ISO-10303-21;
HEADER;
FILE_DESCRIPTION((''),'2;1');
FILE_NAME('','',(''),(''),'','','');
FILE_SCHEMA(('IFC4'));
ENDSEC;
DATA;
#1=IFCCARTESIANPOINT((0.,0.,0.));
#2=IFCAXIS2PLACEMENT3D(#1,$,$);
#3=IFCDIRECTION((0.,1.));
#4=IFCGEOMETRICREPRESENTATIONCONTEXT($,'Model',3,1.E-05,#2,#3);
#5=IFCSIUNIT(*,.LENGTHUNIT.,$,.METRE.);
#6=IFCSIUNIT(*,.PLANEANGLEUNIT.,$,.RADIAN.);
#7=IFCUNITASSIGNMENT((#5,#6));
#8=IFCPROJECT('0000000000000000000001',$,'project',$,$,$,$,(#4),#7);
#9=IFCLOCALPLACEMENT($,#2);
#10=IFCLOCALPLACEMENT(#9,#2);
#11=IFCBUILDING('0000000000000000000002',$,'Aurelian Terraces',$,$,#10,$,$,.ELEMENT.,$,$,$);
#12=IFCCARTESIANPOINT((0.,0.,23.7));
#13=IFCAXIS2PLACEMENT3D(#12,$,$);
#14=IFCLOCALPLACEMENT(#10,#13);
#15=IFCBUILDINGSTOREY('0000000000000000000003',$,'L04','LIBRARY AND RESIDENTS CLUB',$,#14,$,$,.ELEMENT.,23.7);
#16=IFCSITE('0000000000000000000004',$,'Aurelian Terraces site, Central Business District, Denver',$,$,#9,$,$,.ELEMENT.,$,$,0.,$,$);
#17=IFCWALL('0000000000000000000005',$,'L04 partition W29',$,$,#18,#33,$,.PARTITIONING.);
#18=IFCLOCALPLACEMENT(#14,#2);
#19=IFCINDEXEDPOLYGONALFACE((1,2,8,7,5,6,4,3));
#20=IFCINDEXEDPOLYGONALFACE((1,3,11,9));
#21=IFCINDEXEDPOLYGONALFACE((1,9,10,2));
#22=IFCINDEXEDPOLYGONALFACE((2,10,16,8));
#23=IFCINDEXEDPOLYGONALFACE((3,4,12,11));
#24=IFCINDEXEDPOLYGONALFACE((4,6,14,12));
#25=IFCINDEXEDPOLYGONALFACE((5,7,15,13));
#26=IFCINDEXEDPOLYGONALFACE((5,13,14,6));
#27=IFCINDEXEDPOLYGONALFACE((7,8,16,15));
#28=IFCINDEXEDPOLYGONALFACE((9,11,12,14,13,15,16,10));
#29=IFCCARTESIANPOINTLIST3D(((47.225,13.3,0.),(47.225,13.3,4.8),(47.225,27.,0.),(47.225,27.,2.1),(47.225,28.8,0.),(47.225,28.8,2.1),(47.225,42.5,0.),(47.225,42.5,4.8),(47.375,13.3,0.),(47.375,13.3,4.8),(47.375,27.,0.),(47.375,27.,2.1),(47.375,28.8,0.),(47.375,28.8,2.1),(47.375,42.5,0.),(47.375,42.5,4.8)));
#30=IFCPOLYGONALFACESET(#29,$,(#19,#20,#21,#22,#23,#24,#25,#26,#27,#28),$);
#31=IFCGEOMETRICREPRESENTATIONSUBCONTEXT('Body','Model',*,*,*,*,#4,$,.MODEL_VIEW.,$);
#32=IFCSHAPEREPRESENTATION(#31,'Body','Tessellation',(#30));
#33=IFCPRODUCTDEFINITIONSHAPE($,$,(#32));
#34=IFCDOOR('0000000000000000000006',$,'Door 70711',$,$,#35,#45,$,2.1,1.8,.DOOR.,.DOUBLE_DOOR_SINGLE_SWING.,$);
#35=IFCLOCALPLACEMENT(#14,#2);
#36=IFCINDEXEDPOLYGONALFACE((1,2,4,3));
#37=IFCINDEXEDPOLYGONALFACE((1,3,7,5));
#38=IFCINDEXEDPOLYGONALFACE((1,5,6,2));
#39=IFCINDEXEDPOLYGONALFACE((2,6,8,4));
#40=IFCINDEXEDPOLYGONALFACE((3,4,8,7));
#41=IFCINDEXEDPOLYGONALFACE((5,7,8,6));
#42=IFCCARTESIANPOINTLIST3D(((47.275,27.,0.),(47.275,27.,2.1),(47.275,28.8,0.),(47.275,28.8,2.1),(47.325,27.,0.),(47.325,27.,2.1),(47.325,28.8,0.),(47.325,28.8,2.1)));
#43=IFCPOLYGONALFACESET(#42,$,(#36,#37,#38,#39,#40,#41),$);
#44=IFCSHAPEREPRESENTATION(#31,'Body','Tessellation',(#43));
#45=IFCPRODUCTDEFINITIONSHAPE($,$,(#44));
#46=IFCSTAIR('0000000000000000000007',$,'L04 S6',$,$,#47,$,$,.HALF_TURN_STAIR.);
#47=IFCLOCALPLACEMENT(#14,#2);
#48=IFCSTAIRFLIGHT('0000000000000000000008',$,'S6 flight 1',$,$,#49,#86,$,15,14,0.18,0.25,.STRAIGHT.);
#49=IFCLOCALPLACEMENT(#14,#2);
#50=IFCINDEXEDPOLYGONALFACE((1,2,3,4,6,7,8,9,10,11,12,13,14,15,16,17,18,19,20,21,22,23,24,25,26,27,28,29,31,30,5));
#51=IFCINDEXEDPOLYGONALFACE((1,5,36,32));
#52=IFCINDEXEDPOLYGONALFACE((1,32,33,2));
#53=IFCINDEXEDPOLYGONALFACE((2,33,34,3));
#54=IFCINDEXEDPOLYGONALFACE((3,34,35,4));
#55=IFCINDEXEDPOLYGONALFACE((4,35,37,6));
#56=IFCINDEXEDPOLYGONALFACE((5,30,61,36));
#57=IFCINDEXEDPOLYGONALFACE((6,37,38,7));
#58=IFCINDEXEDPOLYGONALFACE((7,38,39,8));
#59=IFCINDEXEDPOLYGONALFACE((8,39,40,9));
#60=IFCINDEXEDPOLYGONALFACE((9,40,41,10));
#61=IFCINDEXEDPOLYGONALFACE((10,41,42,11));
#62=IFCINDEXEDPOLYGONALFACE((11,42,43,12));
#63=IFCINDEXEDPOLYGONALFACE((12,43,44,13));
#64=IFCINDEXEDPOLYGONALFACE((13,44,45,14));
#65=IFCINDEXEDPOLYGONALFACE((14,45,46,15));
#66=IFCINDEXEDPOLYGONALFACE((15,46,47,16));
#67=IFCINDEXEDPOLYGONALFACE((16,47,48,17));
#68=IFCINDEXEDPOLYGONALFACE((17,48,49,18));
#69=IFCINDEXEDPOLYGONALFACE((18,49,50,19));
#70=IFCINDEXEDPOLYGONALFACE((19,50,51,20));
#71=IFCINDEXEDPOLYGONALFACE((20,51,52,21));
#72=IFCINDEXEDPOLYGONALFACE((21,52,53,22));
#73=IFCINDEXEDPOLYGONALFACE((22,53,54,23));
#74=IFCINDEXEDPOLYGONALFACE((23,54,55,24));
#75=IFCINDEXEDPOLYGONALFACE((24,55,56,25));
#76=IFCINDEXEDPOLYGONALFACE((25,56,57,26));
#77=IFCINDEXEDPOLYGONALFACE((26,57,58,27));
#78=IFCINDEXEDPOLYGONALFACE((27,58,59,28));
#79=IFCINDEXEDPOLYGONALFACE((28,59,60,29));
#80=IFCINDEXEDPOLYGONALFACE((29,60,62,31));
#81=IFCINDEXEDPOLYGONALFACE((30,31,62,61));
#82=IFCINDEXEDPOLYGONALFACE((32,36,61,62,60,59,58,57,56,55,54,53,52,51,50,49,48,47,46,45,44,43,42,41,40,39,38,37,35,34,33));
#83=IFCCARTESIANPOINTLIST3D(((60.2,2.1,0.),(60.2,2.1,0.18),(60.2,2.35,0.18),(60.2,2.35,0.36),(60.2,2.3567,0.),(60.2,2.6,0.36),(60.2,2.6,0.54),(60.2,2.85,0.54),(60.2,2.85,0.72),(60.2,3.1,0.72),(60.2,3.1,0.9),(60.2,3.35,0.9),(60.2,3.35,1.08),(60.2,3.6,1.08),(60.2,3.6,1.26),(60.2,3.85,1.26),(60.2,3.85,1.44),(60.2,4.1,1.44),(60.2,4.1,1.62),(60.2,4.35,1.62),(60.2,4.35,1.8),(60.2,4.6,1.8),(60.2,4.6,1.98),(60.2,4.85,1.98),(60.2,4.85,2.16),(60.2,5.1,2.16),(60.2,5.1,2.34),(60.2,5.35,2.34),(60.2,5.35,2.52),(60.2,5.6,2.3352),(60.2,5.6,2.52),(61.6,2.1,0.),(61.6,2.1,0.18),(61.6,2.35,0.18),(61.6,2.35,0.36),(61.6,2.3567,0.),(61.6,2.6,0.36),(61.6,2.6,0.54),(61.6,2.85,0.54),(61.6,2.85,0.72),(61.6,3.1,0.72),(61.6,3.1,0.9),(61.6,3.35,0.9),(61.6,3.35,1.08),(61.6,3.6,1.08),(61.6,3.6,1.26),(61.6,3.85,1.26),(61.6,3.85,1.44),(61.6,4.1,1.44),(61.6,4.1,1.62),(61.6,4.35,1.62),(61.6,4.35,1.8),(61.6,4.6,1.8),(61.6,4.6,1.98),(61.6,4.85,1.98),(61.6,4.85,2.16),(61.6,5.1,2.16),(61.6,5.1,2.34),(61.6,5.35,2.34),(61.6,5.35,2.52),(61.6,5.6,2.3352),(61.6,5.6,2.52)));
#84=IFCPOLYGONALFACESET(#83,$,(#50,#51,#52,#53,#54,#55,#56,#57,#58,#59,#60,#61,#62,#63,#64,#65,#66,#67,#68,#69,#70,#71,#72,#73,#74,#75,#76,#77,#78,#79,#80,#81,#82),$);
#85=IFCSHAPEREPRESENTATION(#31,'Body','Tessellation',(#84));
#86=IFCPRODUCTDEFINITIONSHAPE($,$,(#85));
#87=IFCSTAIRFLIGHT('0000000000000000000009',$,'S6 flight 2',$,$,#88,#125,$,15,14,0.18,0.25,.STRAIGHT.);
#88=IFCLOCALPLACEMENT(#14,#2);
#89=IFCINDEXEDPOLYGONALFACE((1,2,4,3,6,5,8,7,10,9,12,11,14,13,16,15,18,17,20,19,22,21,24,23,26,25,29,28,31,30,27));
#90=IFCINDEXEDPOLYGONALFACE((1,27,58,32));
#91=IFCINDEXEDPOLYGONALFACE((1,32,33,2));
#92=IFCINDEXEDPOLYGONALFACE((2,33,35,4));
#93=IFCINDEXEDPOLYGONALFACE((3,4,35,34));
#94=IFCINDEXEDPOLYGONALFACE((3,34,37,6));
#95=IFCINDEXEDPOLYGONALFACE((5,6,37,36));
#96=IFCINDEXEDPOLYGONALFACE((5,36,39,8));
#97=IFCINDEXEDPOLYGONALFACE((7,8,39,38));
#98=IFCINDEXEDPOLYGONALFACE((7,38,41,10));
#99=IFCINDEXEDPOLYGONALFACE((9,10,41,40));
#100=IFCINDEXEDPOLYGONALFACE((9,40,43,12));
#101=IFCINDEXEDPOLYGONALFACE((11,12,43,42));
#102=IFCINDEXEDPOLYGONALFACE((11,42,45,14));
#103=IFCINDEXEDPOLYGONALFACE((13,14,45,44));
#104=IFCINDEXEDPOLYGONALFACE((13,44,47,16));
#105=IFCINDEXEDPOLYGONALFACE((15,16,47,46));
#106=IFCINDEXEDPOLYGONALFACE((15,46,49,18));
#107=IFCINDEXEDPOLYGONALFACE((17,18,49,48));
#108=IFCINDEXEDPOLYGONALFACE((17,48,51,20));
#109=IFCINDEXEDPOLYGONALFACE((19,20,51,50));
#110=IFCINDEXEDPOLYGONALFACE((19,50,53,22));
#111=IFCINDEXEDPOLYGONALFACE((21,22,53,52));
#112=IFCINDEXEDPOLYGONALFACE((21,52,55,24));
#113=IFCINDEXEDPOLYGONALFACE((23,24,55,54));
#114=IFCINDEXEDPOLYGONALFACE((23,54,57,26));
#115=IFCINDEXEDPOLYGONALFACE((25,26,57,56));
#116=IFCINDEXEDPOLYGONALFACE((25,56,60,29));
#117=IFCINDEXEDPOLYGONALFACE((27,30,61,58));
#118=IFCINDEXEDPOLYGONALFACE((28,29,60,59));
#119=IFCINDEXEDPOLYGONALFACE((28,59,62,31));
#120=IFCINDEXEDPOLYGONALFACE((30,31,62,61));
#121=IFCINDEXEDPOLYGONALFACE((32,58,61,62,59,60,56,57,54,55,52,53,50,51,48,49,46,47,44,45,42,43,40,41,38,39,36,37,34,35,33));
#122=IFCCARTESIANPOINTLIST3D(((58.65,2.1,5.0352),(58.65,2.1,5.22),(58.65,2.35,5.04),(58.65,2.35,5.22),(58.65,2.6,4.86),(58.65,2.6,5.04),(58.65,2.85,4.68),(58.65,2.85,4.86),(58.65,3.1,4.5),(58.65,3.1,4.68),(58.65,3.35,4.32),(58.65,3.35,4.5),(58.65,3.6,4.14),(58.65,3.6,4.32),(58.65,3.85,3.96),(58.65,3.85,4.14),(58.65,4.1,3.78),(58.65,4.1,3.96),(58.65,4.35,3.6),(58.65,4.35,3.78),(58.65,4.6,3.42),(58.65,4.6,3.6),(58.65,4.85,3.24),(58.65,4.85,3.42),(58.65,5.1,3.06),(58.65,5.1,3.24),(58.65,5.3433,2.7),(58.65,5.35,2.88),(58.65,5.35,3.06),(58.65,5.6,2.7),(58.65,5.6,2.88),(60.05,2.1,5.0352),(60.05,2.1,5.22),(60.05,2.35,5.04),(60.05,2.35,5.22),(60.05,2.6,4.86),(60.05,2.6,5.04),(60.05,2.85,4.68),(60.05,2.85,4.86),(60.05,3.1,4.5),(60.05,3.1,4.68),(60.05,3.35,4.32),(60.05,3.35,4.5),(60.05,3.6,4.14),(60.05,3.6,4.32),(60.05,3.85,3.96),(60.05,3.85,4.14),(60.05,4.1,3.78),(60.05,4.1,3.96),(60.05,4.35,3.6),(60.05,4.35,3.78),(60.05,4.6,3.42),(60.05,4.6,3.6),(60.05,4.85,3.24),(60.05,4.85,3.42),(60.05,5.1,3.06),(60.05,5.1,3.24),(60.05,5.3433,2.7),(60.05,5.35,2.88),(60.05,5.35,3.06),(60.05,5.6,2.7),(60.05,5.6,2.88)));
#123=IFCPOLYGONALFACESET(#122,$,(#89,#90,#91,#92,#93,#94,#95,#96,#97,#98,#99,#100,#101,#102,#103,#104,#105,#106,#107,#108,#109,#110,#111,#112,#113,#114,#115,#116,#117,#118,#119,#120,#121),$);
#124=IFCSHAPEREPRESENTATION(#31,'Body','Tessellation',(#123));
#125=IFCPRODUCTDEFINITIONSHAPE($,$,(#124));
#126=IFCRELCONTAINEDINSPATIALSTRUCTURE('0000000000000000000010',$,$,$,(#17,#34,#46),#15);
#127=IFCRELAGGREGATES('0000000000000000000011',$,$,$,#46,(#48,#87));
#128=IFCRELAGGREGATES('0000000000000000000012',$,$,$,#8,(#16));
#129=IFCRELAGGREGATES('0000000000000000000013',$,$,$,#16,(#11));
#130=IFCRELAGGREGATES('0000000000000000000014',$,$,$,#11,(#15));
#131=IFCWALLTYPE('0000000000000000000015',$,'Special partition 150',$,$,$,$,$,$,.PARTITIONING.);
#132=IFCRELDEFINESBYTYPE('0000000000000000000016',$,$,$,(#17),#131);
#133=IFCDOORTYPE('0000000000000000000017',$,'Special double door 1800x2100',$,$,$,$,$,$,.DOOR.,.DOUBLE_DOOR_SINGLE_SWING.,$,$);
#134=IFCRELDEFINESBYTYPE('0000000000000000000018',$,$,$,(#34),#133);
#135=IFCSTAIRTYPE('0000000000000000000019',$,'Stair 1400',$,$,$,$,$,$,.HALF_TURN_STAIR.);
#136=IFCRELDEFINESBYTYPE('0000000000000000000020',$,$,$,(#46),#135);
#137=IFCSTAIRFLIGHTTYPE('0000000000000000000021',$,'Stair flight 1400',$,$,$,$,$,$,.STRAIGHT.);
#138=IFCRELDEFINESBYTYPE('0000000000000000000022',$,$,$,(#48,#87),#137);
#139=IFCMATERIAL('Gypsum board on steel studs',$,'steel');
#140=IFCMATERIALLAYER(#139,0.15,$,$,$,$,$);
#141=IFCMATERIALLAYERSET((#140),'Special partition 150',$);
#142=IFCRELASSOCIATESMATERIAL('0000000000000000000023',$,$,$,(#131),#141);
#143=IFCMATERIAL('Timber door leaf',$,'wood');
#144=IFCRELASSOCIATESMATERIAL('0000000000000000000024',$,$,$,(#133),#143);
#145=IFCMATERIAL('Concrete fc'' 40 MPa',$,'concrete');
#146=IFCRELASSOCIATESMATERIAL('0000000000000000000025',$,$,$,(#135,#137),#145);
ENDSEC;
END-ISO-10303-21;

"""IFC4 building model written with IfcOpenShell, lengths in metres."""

from ifc_helpers import new_model, si_unit, direction, frame, frame_2d, origin, place, context, subcontext, project, spatial, polyline, rectangle, outline, extrude, source, transform, mapped, material, layer, layer_set, type_object, element, fill, aggregate, save


model = new_model("IFC4")

# Units and contexts
model_context = context("Model", 3, precision=1e-05, world=origin(), true_north=direction((0.0, 1.0)))
body_context = subcontext(model_context, "Body", "Model", "MODEL_VIEW")
ifc_project = project(units=[si_unit("LENGTHUNIT", "METRE"), si_unit("PLANEANGLEUNIT", "RADIAN")], contexts=[model_context])

# Site, building, storey
site_placement = place(None, origin())
site = spatial("IfcSite", under=ifc_project, at=site_placement, Name="Aurelian Terraces site, Central Business District, Denver", CompositionType="ELEMENT", RefElevation=0.0)
building_placement = place(site_placement, origin())
building = spatial("IfcBuilding", under=site, at=building_placement, Name="Aurelian Terraces", CompositionType="ELEMENT")
storey_placement = place(building_placement, frame((0.0, 0.0, 23.7)))
storey = spatial("IfcBuildingStorey", under=building, at=storey_placement, Name="L04", Description="LIBRARY AND RESIDENTS CLUB", CompositionType="ELEMENT", Elevation=23.7)

# Shared definitions
ifc_material_1 = material(Name="Concrete fc' 40 MPa", Category="concrete")

# Shared definitions
ifc_material_2 = material(Name="Gypsum board on steel studs", Category="steel")

# Wall, opening, door
ifc_layer_1 = layer(ifc_material_2, 0.15)
ifc_layer_set_1 = layer_set([ifc_layer_1], Name="Special partition 150")
wall_type_1 = type_object("IfcWallType", Name="Special partition 150", PredefinedType="PARTITIONING", material=ifc_layer_set_1)
shared_shape_1 = source(origin(), body_context, "Body", "SweptSolid", [
    extrude(rectangle(XDim=29.2, YDim=0.15, at=frame_2d((14.6, 0.0))), origin(), (0.0, 0.0, 1.0), 4.8),
])
wall_1_placement = place(storey_placement, frame((47.3, 13.3, 0.0), z_axis=(0.0, 0.0, 1.0), x_axis=(0.0, 1.0, 0.0)))
wall_1 = element("IfcWall", 1, at=wall_1_placement, inside=storey, type_object=wall_type_1, Name="L04 partition W29", PredefinedType="PARTITIONING", context=body_context, shape_type="MappedRepresentation", body=[
    mapped(shared_shape_1, transform((0.0, 0.0, 0.0), scale=1.0)),
])
shared_shape_2 = source(origin(), body_context, "Body", "SweptSolid", [
    extrude(rectangle(XDim=1.8, YDim=2.1, at=frame_2d((0.9, 1.05))), frame((0.0, 0.085, 0.0), z_axis=(0.0, -1.0, 0.0), x_axis=(1.0, 0.0, 0.0)), (0.0, 0.0, 1.0), 0.17),
])
opening_1_placement = place(wall_1_placement, frame((13.7, 0.0, 0.0)))
opening_1 = element("IfcOpeningElement", 2, at=opening_1_placement, cuts=wall_1, PredefinedType="OPENING", context=body_context, shape_type="MappedRepresentation", body=[
    mapped(shared_shape_2, transform((0.0, 0.0, 0.0), scale=1.0)),
])
ifc_material_3 = material(Name="Timber door leaf", Category="wood")
door_type_1 = type_object("IfcDoorType", Name="Special double door 1800x2100", OperationType="DOUBLE_DOOR_SINGLE_SWING", PredefinedType="DOOR", material=ifc_material_3)
shared_shape_3 = source(origin(), body_context, "Body", "SweptSolid", [
    extrude(rectangle(XDim=1.8, YDim=2.1, at=frame_2d((0.9, 1.05))), frame((0.0, 0.025, 0.0), z_axis=(0.0, -1.0, 0.0), x_axis=(1.0, 0.0, 0.0)), (0.0, 0.0, 1.0), 0.05),
])
door_1_placement = place(opening_1_placement, origin())
door_1 = element("IfcDoor", 3, at=door_1_placement, inside=storey, type_object=door_type_1, Name="Door 70711", OperationType="DOUBLE_DOOR_SINGLE_SWING", OverallHeight=2.1, OverallWidth=1.8, PredefinedType="DOOR", context=body_context, shape_type="MappedRepresentation", body=[
    mapped(shared_shape_3, transform((0.0, 0.0, 0.0), scale=1.0)),
])
fill(opening_1, door_1)

# Stair, stair flights
stair_type = type_object("IfcStairType", Name="Stair 1400", PredefinedType="HALF_TURN_STAIR", material=ifc_material_1)
stair_placement = place(storey_placement, origin())
stair = element("IfcStair", 4, at=stair_placement, inside=storey, type_object=stair_type, Name="L04 S6", PredefinedType="HALF_TURN_STAIR")
stair_flight_type = type_object("IfcStairFlightType", Name="Stair flight 1400", PredefinedType="STRAIGHT", material=ifc_material_1)
shared_shape_4 = source(origin(), body_context, "Body", "SweptSolid", [
    extrude(outline(polyline([(0.0, 0.0), (0.0, 0.18), (0.25, 0.18), (0.25, 0.36), (0.5, 0.36), (0.5, 0.54), (0.75, 0.54), (0.75, 0.72), (1.0, 0.72), (1.0, 0.9), (1.25, 0.9), (1.25, 1.08), (1.5, 1.08), (1.5, 1.26), (1.75, 1.26), (1.75, 1.44), (2.0, 1.44), (2.0, 1.62), (2.25, 1.62), (2.25, 1.8), (2.5, 1.8), (2.5, 1.98), (2.75, 1.98), (2.75, 2.16), (3.0, 2.16), (3.0, 2.34), (3.25, 2.34), (3.25, 2.52), (3.5, 2.52), (3.5, 2.7), (3.5, 2.3352), (0.2567, 0.0), (0.0, 0.0)])), frame((0.0, 0.7, 0.0), z_axis=(0.0, -1.0, 0.0), x_axis=(1.0, 0.0, 0.0)), (0.0, 0.0, 1.0), 1.4),
])
stair_flight_1_placement = place(storey_placement, frame((60.9, 2.1, 0.0), z_axis=(0.0, 0.0, 1.0), x_axis=(0.0, 1.0, 0.0)))
stair_flight_1 = element("IfcStairFlight", 5, at=stair_flight_1_placement, type_object=stair_flight_type, Name="S6 flight 1", NumberOfRisers=15, NumberOfTreads=14, PredefinedType="STRAIGHT", RiserHeight=0.18, TreadLength=0.25, context=body_context, shape_type="MappedRepresentation", body=[
    mapped(shared_shape_4, transform((0.0, 0.0, 0.0), scale=1.0)),
])
stair_flight_2_placement = place(storey_placement, frame((59.35, 5.6, 2.7), z_axis=(0.0, 0.0, 1.0), x_axis=(0.0, -1.0, 0.0)))
stair_flight_2 = element("IfcStairFlight", 6, at=stair_flight_2_placement, type_object=stair_flight_type, Name="S6 flight 2", NumberOfRisers=15, NumberOfTreads=14, PredefinedType="STRAIGHT", RiserHeight=0.18, TreadLength=0.25, context=body_context, shape_type="MappedRepresentation", body=[
    mapped(shared_shape_4, transform((0.0, 0.0, 0.0), scale=1.0)),
])
aggregate(stair, [stair_flight_1, stair_flight_2])

save(model, "model.ifc")
